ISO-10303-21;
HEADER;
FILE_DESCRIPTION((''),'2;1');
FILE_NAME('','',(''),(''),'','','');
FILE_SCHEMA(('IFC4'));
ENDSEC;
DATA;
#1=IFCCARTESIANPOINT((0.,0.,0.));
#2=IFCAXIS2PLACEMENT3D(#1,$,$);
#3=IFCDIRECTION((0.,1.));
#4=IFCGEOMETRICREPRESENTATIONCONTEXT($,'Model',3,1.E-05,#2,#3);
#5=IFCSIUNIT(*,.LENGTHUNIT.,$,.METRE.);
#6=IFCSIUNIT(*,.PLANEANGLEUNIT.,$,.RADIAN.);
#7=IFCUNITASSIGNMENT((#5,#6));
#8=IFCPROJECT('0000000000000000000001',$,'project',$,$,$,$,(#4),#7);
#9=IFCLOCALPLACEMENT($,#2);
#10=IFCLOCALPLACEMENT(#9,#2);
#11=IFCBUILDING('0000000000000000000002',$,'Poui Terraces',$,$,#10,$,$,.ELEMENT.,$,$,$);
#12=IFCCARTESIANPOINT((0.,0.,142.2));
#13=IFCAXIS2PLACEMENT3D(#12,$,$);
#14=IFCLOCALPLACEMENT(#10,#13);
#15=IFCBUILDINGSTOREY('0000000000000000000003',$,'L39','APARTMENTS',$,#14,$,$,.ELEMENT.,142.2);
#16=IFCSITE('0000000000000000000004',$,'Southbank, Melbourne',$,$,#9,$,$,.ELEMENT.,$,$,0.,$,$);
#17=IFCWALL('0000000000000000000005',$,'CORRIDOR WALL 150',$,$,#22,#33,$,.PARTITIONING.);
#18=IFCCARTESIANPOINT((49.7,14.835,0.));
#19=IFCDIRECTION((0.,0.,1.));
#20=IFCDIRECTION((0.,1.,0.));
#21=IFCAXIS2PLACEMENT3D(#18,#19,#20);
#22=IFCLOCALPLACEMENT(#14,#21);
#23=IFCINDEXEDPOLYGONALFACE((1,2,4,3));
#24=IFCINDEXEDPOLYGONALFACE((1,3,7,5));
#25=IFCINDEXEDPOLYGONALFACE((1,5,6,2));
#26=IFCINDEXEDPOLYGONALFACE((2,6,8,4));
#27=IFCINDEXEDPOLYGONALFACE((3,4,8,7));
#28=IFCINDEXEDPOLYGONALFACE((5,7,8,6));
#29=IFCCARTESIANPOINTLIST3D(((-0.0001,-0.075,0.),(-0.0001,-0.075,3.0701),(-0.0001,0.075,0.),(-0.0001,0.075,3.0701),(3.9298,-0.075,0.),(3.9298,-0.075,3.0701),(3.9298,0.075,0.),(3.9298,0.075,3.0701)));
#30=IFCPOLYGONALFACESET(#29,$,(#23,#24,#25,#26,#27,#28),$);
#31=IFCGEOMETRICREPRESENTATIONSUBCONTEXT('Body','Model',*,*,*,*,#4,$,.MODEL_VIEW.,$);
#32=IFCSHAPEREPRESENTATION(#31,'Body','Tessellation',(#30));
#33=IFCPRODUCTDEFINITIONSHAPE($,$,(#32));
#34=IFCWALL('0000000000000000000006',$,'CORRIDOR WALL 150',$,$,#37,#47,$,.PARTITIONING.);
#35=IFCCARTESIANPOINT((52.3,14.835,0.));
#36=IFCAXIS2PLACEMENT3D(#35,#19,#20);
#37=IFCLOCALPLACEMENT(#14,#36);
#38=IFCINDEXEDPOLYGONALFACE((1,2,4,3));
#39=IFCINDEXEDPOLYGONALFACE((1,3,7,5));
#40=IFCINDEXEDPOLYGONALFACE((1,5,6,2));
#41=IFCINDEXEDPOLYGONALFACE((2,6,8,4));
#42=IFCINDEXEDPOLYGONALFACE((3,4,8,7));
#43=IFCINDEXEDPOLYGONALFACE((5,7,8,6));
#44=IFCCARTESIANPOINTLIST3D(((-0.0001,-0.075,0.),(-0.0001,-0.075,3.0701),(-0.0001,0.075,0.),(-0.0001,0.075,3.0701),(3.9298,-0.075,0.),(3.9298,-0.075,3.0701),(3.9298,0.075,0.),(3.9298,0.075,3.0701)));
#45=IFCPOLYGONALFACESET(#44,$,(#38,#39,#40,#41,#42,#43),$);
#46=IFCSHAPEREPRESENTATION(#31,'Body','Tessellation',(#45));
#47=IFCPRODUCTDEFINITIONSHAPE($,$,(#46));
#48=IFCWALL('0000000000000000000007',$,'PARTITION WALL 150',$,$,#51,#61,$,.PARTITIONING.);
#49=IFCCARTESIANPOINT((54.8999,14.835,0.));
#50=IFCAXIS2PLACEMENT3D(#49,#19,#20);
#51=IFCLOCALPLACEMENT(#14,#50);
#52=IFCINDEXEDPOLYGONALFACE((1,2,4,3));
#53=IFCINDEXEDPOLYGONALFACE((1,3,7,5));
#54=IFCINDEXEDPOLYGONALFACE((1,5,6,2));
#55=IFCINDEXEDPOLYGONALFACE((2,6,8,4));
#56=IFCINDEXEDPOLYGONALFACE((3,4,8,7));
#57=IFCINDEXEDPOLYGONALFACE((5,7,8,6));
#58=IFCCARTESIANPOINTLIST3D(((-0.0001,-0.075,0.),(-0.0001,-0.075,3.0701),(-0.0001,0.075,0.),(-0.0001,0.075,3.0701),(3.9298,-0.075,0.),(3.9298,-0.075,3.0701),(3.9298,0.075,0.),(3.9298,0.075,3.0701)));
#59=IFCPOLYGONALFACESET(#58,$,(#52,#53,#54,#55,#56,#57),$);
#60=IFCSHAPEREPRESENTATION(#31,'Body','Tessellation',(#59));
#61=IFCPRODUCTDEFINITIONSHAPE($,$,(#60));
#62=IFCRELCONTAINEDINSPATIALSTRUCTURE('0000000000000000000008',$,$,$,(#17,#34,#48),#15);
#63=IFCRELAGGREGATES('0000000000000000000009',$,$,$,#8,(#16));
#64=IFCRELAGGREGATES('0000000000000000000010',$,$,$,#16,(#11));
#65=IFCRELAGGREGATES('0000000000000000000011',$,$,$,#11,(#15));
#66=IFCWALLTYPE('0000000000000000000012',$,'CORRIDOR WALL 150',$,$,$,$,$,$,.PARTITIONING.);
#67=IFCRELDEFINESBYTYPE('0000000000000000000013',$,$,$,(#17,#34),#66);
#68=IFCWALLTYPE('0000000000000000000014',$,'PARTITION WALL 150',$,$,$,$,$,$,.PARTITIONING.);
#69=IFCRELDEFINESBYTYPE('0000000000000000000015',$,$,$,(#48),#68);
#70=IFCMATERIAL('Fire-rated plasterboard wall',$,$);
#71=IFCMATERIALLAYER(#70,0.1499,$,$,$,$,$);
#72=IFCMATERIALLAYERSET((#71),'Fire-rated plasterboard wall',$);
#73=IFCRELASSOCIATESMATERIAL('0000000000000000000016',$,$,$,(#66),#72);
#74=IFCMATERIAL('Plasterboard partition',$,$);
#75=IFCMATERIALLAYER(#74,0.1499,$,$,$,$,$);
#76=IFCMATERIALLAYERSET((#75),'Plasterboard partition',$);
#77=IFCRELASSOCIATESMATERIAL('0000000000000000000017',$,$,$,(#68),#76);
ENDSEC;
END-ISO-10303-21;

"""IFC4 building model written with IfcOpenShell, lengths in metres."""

from ifc_helpers import new_model, si_unit, direction, frame, frame_2d, origin, place, context, subcontext, project, spatial, rectangle, extrude, material, layer, layer_set, type_object, element, save


model = new_model("IFC4")

# Units and contexts
model_context = context("Model", 3, precision=1e-05, world=origin(), true_north=direction((0.0, 1.0)))
body_context = subcontext(model_context, "Body", "Model", "MODEL_VIEW")
ifc_project = project(units=[si_unit("LENGTHUNIT", "METRE"), si_unit("PLANEANGLEUNIT", "RADIAN")], contexts=[model_context])

# Site, building, storey
site_placement = place(None, origin())
site = spatial("IfcSite", under=ifc_project, at=site_placement, Name="Southbank, Melbourne", CompositionType="ELEMENT", RefElevation=0.0)
building_placement = place(site_placement, origin())
building = spatial("IfcBuilding", under=site, at=building_placement, Name="Poui Terraces", CompositionType="ELEMENT")
storey_placement = place(building_placement, frame((0.0, 0.0, 142.2)))
storey = spatial("IfcBuildingStorey", under=building, at=storey_placement, Name="L39", Description="APARTMENTS", CompositionType="ELEMENT", Elevation=142.2)

# Walls
ifc_material_1 = material(Name="Fire-rated plasterboard wall")
ifc_layer_1 = layer(ifc_material_1, 0.1499)
ifc_layer_set_1 = layer_set([ifc_layer_1], Name="Fire-rated plasterboard wall")
wall_type_1 = type_object("IfcWallType", Name="CORRIDOR WALL 150", PredefinedType="PARTITIONING", material=ifc_layer_set_1)
for number, where, z_axis, x_axis, name in (
    (1, (49.7, 14.835, 0.0), (0.0, 0.0, 1.0), (0.0, 1.0, 0.0), "CORRIDOR WALL 150"),
    (2, (52.3, 14.835, 0.0), (0.0, 0.0, 1.0), (0.0, 1.0, 0.0), "CORRIDOR WALL 150"),
):
    element("IfcWall", number, at=place(storey_placement, frame(where, z_axis=z_axis, x_axis=x_axis)), inside=storey, type_object=wall_type_1, Name=name, PredefinedType="PARTITIONING", context=body_context, shape_type="SweptSolid", body=[
        extrude(rectangle(XDim=3.9299, YDim=0.1499, at=frame_2d((1.9648, 0.0))), origin(), (0.0, 0.0, 1.0), 3.0701),
    ])

# Shared definitions
ifc_material_2 = material(Name="Plasterboard partition")

# Wall
ifc_layer_2 = layer(ifc_material_2, 0.1499)
ifc_layer_set_2 = layer_set([ifc_layer_2], Name="Plasterboard partition")
wall_type_2 = type_object("IfcWallType", Name="PARTITION WALL 150", PredefinedType="PARTITIONING", material=ifc_layer_set_2)
wall_1_placement = place(storey_placement, frame((54.8999, 14.835, 0.0), z_axis=(0.0, 0.0, 1.0), x_axis=(0.0, 1.0, 0.0)))
element("IfcWall", 3, at=wall_1_placement, inside=storey, type_object=wall_type_2, Name="PARTITION WALL 150", PredefinedType="PARTITIONING", context=body_context, shape_type="SweptSolid", body=[
    extrude(rectangle(XDim=3.9299, YDim=0.1499, at=frame_2d((1.9648, 0.0))), origin(), (0.0, 0.0, 1.0), 3.0701),
])

save(model, "model.ifc")
